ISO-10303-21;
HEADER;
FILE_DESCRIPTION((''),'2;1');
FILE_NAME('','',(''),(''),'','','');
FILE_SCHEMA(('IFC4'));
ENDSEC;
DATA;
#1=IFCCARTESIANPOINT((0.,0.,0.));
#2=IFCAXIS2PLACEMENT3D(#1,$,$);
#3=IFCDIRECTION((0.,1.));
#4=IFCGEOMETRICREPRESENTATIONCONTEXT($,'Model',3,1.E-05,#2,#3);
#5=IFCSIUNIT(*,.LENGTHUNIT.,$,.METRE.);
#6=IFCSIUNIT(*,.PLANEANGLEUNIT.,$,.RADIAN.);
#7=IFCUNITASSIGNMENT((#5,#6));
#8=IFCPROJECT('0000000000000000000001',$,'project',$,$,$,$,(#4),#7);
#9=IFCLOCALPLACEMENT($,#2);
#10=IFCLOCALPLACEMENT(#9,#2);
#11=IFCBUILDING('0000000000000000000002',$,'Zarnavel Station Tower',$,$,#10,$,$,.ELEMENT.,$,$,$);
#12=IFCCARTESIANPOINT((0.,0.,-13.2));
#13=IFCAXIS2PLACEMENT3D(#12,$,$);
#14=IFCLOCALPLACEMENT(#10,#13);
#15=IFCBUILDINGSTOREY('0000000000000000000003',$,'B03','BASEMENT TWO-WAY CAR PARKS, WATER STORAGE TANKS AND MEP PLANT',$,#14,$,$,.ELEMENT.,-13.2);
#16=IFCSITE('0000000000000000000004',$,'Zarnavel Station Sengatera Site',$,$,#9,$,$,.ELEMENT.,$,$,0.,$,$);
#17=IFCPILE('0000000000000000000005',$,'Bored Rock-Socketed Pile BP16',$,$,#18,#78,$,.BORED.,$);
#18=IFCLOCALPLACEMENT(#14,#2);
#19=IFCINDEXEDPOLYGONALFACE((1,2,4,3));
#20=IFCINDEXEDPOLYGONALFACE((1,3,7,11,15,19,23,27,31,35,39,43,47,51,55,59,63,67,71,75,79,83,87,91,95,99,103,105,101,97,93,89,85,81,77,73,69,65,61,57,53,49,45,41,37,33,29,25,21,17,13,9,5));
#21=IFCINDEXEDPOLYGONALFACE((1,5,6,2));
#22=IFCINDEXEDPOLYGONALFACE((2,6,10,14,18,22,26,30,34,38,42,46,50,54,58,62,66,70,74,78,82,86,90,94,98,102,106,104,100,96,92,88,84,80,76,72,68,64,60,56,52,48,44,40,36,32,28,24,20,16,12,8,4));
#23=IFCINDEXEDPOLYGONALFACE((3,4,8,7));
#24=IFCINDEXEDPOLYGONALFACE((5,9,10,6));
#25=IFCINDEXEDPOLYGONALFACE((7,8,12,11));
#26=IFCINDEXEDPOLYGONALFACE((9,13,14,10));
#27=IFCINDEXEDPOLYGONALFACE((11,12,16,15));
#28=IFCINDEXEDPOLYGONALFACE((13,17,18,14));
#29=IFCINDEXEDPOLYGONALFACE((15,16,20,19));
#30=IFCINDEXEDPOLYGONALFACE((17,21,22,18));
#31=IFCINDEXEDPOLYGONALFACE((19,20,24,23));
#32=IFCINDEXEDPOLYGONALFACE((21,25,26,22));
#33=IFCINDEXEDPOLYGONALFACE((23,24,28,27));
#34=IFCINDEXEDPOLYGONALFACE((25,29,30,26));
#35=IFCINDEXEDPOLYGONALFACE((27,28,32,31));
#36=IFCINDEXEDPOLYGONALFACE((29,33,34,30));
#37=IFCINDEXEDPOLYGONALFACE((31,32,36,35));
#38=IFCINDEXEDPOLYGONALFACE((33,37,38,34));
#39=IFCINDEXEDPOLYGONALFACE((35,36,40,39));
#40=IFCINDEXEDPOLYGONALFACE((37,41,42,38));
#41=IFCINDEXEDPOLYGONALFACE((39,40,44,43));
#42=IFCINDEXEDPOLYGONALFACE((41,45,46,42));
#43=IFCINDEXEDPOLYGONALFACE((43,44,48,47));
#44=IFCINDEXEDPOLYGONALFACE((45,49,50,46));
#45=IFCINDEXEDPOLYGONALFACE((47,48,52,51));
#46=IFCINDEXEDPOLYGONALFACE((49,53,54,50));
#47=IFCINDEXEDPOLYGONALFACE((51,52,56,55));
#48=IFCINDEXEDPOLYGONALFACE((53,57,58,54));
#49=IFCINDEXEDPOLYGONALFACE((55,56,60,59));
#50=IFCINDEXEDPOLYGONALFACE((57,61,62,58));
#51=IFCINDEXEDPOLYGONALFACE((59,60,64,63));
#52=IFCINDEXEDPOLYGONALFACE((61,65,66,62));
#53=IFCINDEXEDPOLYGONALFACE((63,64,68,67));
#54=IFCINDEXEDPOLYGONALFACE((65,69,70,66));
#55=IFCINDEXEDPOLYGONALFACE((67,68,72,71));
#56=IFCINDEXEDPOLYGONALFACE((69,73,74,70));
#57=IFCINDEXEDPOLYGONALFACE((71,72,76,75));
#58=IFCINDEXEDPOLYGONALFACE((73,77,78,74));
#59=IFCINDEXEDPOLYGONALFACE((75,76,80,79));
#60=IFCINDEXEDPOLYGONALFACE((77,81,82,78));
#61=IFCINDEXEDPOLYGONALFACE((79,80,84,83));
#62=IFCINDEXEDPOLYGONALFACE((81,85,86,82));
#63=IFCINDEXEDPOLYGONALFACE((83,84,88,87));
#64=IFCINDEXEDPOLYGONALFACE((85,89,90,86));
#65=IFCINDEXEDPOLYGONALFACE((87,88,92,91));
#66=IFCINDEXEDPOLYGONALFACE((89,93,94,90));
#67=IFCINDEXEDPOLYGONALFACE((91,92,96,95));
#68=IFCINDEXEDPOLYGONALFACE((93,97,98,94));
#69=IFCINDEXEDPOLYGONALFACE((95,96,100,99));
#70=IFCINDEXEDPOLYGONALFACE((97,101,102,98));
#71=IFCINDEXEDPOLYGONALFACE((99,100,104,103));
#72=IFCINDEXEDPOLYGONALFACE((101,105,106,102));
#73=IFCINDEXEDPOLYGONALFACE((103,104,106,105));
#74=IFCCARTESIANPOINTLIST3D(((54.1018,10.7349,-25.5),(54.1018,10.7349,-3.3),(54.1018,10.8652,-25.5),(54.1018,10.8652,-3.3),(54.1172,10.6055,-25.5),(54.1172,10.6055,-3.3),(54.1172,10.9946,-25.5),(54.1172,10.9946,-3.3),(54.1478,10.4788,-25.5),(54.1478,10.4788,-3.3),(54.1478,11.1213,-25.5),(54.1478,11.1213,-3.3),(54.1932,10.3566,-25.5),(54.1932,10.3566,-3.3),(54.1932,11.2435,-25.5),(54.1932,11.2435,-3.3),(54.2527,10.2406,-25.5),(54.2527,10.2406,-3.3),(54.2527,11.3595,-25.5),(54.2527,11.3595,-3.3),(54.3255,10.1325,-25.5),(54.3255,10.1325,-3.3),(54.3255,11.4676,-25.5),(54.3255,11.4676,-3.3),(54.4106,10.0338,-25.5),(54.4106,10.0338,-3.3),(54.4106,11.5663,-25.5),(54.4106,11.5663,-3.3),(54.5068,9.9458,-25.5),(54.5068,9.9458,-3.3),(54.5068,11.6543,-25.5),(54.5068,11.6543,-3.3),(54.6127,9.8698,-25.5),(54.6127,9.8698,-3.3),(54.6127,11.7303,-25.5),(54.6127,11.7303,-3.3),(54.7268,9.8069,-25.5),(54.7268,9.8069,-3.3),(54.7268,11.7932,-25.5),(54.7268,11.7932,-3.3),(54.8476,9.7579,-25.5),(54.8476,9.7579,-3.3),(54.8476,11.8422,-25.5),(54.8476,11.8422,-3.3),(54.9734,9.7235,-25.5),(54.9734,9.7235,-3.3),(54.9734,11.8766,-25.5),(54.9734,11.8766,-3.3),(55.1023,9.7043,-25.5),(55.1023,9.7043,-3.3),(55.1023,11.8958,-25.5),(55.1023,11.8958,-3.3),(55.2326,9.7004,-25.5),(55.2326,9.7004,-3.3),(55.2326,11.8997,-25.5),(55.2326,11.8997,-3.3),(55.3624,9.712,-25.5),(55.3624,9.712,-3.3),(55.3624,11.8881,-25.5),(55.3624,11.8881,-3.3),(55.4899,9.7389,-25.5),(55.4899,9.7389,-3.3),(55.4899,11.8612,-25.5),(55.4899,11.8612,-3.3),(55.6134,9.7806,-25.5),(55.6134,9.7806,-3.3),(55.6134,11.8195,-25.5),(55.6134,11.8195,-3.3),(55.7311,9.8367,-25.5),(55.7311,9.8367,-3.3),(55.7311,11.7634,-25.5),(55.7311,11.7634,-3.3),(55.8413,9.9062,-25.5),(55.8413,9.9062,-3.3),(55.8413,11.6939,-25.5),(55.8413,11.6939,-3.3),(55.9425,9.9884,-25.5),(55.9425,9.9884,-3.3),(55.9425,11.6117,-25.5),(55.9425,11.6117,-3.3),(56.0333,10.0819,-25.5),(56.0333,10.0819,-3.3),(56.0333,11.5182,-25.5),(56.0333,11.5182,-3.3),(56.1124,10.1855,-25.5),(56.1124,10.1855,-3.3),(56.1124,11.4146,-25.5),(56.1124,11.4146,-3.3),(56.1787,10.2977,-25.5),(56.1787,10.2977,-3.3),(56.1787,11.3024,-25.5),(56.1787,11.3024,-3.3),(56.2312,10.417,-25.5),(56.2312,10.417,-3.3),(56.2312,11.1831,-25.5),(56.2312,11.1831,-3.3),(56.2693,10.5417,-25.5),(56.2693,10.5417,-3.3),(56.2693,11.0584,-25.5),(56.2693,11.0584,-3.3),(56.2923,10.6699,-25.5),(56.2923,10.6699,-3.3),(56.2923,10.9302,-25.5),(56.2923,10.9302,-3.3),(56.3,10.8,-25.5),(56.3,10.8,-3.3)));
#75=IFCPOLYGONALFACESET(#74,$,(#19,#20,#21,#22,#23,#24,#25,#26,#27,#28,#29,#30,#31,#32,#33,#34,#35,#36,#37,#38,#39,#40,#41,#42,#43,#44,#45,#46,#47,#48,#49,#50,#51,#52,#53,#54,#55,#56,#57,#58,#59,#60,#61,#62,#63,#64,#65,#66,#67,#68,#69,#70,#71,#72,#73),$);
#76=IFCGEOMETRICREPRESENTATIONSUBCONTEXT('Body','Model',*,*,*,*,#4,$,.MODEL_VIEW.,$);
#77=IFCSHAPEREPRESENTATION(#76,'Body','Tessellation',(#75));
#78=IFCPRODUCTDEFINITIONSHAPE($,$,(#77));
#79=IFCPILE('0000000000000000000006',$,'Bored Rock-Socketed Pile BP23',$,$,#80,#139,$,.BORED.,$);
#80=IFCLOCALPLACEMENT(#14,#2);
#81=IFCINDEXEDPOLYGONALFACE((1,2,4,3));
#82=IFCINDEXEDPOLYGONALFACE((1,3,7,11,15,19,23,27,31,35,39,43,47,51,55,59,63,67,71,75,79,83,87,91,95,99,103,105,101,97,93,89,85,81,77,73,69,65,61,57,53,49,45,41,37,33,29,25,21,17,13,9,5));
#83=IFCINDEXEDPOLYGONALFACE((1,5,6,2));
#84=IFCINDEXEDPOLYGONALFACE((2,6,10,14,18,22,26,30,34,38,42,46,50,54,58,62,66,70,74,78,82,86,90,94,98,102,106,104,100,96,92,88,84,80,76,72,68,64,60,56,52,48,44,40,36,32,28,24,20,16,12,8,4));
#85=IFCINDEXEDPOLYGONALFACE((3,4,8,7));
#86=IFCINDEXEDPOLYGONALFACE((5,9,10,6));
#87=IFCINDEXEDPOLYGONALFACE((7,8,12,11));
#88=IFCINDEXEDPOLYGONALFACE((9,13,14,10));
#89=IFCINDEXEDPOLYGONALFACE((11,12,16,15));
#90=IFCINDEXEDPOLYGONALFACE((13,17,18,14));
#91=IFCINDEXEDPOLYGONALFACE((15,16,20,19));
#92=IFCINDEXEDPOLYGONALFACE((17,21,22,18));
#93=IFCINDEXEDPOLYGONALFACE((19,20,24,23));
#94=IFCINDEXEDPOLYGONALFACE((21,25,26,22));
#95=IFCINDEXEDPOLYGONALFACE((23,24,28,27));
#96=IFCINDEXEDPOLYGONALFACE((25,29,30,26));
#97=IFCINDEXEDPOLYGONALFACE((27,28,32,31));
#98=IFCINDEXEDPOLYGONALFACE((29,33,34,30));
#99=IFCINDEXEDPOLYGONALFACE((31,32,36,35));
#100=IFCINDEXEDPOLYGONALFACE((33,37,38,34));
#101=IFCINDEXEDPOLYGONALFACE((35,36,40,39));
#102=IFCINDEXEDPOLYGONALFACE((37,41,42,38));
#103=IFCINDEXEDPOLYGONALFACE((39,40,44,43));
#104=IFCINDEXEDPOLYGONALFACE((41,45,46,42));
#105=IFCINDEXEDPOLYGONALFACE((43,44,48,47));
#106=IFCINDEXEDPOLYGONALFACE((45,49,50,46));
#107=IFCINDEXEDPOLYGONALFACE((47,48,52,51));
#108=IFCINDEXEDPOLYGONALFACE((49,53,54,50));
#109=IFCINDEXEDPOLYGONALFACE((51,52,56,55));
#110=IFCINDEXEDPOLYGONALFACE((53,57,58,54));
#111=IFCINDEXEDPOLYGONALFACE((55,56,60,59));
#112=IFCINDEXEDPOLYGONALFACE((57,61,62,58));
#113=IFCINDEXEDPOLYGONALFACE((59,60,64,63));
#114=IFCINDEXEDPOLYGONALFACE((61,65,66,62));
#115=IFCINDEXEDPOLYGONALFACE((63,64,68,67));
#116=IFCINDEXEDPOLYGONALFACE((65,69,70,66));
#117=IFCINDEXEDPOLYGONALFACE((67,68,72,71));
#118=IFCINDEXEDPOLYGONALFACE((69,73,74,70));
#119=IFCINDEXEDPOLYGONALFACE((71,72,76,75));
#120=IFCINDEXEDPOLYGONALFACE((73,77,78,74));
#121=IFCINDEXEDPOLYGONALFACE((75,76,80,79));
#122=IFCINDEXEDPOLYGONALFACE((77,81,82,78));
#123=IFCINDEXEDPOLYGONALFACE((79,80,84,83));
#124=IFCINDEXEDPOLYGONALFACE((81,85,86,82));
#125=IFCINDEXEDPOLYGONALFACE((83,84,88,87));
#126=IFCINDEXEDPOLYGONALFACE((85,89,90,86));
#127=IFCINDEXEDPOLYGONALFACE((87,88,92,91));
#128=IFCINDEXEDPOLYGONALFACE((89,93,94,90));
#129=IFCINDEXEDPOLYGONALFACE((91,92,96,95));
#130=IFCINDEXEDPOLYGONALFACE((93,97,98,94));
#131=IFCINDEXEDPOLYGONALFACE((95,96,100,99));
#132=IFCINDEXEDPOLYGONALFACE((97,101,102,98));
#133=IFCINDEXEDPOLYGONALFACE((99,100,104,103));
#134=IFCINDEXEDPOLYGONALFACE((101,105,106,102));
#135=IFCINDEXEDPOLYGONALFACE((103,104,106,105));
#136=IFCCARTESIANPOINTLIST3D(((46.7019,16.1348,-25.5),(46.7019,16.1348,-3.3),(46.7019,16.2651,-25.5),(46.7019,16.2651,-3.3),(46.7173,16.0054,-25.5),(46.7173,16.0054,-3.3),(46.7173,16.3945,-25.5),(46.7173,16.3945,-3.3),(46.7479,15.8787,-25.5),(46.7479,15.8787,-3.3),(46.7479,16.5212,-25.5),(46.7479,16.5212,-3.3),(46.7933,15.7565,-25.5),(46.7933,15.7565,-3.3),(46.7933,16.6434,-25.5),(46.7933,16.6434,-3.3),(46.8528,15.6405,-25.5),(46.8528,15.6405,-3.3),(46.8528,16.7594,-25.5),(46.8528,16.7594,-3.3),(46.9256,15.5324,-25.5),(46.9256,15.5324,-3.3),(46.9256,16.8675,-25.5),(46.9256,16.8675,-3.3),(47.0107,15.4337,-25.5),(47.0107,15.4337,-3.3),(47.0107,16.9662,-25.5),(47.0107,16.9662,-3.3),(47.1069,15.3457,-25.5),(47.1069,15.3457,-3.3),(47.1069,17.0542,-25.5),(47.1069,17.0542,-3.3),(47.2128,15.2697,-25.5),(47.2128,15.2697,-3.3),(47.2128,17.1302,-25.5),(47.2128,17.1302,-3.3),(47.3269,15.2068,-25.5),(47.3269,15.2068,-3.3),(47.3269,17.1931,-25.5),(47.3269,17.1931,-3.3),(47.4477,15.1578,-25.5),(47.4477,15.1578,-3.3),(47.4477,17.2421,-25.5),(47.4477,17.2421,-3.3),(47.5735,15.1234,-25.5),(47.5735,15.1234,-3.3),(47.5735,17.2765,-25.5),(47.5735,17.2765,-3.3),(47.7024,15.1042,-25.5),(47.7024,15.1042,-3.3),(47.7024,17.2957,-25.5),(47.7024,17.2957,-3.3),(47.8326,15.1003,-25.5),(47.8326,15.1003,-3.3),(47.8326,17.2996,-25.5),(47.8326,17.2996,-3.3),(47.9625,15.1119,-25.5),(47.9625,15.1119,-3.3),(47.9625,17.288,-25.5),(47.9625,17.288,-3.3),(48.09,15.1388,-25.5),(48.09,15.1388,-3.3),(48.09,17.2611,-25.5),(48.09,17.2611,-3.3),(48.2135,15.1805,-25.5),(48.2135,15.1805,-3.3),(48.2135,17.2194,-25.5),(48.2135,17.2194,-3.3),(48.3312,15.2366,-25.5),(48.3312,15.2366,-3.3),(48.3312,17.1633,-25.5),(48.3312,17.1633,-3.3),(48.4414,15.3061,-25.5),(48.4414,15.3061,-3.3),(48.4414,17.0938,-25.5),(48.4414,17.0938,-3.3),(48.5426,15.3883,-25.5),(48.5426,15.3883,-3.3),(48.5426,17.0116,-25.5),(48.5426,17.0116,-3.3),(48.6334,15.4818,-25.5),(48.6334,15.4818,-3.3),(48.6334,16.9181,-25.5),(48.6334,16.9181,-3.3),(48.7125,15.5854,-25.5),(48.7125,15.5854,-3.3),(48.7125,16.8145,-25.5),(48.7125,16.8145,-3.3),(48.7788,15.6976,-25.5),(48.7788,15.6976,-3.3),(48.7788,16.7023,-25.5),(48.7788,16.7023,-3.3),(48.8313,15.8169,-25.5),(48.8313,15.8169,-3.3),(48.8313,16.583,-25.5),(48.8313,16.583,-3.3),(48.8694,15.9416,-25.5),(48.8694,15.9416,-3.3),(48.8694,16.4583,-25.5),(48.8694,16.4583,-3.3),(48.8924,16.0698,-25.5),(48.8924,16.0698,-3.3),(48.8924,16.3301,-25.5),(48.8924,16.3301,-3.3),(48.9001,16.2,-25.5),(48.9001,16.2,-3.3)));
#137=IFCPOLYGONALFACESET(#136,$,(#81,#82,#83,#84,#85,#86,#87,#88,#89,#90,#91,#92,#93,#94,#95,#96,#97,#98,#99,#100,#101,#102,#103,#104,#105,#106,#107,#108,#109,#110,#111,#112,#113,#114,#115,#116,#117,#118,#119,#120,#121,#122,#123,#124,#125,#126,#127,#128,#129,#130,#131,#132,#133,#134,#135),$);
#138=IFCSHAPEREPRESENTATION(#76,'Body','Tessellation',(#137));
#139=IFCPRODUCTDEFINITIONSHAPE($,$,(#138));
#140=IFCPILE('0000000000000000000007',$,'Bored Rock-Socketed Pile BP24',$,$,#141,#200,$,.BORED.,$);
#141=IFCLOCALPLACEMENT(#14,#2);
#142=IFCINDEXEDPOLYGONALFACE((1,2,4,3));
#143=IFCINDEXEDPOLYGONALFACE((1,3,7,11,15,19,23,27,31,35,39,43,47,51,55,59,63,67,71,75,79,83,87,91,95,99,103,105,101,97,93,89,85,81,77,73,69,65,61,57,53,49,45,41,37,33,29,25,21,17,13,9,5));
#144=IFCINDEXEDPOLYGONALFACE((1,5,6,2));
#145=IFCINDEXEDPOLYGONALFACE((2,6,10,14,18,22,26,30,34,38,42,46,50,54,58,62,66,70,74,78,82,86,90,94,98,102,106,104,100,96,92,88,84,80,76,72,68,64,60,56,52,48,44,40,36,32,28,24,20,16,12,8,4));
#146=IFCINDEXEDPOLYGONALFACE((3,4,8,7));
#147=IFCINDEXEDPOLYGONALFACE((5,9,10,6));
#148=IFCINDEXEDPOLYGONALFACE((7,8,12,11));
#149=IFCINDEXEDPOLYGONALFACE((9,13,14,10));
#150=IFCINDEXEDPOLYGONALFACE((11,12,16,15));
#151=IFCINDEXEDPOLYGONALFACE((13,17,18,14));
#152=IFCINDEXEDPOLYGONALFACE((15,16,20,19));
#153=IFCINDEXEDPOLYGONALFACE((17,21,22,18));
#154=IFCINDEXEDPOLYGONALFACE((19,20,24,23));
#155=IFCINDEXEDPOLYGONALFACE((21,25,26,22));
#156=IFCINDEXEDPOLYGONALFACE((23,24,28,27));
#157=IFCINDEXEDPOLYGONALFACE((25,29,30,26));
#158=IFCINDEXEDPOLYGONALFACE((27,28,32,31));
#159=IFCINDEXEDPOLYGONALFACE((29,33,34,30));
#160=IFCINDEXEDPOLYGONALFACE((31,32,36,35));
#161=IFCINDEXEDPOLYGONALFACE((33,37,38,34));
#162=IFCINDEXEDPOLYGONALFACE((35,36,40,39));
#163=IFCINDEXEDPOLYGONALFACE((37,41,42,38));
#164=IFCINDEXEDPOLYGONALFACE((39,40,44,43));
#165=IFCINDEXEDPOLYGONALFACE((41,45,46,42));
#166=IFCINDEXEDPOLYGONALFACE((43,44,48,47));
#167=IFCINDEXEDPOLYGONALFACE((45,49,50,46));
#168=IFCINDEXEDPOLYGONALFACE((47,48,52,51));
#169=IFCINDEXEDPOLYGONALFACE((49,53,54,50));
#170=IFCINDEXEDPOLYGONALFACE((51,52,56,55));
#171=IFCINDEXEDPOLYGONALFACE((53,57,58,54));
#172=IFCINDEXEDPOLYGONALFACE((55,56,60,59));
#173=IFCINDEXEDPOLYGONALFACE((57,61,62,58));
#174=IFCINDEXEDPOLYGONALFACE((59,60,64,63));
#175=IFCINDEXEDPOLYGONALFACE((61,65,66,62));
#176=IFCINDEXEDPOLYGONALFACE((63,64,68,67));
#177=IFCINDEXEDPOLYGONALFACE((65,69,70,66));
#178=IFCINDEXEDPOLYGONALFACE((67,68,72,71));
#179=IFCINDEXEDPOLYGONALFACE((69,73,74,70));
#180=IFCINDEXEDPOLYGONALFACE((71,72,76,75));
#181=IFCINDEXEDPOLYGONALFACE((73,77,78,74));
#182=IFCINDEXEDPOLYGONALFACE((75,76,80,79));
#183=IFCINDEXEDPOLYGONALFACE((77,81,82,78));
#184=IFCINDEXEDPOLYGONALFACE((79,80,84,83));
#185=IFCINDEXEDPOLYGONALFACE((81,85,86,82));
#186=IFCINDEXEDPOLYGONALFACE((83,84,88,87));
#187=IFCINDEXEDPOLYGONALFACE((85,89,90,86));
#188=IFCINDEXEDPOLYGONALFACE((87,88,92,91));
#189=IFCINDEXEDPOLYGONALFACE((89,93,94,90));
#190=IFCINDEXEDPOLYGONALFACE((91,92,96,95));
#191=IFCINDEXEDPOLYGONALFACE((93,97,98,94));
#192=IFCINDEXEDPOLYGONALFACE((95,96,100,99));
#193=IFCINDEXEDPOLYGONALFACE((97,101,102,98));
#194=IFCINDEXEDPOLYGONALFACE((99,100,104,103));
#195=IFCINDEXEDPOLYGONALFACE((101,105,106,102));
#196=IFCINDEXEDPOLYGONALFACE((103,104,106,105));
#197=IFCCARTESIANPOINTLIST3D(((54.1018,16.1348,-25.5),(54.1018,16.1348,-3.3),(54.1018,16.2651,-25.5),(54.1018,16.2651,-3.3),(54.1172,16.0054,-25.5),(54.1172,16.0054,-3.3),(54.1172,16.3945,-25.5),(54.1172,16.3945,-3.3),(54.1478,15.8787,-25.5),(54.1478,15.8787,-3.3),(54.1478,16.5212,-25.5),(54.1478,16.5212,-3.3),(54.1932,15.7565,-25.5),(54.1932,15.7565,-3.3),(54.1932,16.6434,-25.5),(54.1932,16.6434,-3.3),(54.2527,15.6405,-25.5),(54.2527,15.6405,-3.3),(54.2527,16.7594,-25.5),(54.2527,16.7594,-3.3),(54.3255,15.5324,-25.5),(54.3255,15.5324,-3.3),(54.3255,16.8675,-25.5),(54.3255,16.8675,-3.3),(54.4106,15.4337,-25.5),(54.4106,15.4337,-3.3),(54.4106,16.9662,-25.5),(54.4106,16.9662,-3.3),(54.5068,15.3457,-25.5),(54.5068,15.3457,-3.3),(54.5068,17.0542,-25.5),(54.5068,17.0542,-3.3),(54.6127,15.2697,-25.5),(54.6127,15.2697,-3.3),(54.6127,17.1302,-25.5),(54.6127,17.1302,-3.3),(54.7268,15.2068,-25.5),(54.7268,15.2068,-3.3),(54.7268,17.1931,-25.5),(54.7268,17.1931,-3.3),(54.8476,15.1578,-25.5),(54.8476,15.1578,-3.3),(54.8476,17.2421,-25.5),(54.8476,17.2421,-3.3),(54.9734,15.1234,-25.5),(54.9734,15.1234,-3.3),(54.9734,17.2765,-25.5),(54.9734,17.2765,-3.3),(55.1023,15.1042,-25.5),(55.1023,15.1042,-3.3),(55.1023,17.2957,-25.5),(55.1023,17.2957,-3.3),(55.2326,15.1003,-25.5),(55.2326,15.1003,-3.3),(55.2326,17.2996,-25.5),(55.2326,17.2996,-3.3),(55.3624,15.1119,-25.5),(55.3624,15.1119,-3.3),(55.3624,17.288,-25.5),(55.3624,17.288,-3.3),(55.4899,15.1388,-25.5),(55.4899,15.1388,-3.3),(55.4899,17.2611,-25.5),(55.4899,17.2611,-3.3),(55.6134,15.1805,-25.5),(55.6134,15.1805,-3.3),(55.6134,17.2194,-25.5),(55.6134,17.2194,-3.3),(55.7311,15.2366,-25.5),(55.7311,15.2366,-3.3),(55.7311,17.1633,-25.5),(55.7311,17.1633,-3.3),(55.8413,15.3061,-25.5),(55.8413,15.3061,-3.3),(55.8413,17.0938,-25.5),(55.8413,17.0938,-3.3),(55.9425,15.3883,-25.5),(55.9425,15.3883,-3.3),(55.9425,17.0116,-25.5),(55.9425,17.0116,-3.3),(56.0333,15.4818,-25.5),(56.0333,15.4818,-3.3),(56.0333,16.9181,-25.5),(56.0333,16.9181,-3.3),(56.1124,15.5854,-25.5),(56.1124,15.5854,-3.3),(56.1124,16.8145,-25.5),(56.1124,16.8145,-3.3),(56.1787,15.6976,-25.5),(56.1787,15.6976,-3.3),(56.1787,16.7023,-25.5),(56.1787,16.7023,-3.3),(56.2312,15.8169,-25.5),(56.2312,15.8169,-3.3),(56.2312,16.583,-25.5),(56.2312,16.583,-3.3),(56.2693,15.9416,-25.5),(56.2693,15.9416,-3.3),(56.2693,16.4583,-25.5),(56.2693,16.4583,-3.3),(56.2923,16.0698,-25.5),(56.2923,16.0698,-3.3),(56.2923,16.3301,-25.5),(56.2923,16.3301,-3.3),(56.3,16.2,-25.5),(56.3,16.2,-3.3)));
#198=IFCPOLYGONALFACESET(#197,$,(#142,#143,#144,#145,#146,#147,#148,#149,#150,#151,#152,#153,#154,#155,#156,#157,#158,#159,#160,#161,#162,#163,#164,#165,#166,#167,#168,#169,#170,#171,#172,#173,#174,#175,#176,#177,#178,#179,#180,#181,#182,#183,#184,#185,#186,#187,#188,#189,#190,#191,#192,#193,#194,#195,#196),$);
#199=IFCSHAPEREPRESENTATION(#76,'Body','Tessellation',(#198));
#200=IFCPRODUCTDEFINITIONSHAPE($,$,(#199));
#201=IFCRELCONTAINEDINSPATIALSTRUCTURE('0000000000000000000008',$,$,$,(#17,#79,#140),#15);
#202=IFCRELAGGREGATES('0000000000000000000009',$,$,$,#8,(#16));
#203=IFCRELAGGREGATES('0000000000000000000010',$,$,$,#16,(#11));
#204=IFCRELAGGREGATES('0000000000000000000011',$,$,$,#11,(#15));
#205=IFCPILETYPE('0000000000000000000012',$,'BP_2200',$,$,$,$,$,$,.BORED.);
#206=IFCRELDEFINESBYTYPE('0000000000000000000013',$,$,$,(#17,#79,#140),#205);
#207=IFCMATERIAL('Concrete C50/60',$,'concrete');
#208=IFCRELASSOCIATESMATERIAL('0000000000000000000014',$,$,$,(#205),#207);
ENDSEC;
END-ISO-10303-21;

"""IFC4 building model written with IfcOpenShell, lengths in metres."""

from ifc_helpers import new_model, si_unit, direction, frame, origin, origin_2d, place, context, subcontext, project, spatial, circle, extrude, material, material_profile, profile_set, type_object, element, save


model = new_model("IFC4")

# Units and contexts
model_context = context("Model", 3, precision=1e-05, world=origin(), true_north=direction((0.0, 1.0)))
body_context = subcontext(model_context, "Body", "Model", "MODEL_VIEW")
ifc_project = project(units=[si_unit("LENGTHUNIT", "METRE"), si_unit("PLANEANGLEUNIT", "RADIAN")], contexts=[model_context])

# Site, building, storey
site_placement = place(None, origin())
site = spatial("IfcSite", under=ifc_project, at=site_placement, Name="Zarnavel Station Sengatera Site", CompositionType="ELEMENT", RefElevation=0.0)
building_placement = place(site_placement, origin())
building = spatial("IfcBuilding", under=site, at=building_placement, Name="Zarnavel Station Tower", CompositionType="ELEMENT")
storey_placement = place(building_placement, frame((0.0, 0.0, -13.2)))
storey = spatial("IfcBuildingStorey", under=building, at=storey_placement, Name="B03", Description="BASEMENT TWO-WAY CAR PARKS, WATER STORAGE TANKS AND MEP PLANT", CompositionType="ELEMENT", Elevation=-13.2)

# Piles
ifc_material_1 = material(Name="Concrete C50/60", Category="concrete")
ifc_material_profile_1 = material_profile(ifc_material_1, circle(Radius=1.1001, at=origin_2d()), Name="PILE2200")
ifc_profile_set_1 = profile_set([ifc_material_profile_1], Name="Concrete C50/60")
pile_type_1 = type_object("IfcPileType", Name="BP_2200", PredefinedType="BORED", material=ifc_profile_set_1)
for number, where, z_axis, x_axis, name in (
    (1, (55.2, 10.8, -3.3), (0.0, 0.0, -1.0), (1.0, 0.0, 0.0), "Bored Rock-Socketed Pile BP16"),
    (2, (47.8, 16.2, -3.3), (0.0, 0.0, -1.0), (1.0, 0.0, 0.0), "Bored Rock-Socketed Pile BP23"),
    (3, (55.2, 16.2, -3.3), (0.0, 0.0, -1.0), (1.0, 0.0, 0.0), "Bored Rock-Socketed Pile BP24"),
):
    element("IfcPile", number, at=place(storey_placement, frame(where, z_axis=z_axis, x_axis=x_axis)), inside=storey, type_object=pile_type_1, Name=name, PredefinedType="BORED", context=body_context, shape_type="SweptSolid", body=[
        extrude(circle(Radius=1.1001, at=origin_2d()), origin(), (0.0, 0.0, 1.0), 22.2),
    ])

save(model, "model.ifc")
